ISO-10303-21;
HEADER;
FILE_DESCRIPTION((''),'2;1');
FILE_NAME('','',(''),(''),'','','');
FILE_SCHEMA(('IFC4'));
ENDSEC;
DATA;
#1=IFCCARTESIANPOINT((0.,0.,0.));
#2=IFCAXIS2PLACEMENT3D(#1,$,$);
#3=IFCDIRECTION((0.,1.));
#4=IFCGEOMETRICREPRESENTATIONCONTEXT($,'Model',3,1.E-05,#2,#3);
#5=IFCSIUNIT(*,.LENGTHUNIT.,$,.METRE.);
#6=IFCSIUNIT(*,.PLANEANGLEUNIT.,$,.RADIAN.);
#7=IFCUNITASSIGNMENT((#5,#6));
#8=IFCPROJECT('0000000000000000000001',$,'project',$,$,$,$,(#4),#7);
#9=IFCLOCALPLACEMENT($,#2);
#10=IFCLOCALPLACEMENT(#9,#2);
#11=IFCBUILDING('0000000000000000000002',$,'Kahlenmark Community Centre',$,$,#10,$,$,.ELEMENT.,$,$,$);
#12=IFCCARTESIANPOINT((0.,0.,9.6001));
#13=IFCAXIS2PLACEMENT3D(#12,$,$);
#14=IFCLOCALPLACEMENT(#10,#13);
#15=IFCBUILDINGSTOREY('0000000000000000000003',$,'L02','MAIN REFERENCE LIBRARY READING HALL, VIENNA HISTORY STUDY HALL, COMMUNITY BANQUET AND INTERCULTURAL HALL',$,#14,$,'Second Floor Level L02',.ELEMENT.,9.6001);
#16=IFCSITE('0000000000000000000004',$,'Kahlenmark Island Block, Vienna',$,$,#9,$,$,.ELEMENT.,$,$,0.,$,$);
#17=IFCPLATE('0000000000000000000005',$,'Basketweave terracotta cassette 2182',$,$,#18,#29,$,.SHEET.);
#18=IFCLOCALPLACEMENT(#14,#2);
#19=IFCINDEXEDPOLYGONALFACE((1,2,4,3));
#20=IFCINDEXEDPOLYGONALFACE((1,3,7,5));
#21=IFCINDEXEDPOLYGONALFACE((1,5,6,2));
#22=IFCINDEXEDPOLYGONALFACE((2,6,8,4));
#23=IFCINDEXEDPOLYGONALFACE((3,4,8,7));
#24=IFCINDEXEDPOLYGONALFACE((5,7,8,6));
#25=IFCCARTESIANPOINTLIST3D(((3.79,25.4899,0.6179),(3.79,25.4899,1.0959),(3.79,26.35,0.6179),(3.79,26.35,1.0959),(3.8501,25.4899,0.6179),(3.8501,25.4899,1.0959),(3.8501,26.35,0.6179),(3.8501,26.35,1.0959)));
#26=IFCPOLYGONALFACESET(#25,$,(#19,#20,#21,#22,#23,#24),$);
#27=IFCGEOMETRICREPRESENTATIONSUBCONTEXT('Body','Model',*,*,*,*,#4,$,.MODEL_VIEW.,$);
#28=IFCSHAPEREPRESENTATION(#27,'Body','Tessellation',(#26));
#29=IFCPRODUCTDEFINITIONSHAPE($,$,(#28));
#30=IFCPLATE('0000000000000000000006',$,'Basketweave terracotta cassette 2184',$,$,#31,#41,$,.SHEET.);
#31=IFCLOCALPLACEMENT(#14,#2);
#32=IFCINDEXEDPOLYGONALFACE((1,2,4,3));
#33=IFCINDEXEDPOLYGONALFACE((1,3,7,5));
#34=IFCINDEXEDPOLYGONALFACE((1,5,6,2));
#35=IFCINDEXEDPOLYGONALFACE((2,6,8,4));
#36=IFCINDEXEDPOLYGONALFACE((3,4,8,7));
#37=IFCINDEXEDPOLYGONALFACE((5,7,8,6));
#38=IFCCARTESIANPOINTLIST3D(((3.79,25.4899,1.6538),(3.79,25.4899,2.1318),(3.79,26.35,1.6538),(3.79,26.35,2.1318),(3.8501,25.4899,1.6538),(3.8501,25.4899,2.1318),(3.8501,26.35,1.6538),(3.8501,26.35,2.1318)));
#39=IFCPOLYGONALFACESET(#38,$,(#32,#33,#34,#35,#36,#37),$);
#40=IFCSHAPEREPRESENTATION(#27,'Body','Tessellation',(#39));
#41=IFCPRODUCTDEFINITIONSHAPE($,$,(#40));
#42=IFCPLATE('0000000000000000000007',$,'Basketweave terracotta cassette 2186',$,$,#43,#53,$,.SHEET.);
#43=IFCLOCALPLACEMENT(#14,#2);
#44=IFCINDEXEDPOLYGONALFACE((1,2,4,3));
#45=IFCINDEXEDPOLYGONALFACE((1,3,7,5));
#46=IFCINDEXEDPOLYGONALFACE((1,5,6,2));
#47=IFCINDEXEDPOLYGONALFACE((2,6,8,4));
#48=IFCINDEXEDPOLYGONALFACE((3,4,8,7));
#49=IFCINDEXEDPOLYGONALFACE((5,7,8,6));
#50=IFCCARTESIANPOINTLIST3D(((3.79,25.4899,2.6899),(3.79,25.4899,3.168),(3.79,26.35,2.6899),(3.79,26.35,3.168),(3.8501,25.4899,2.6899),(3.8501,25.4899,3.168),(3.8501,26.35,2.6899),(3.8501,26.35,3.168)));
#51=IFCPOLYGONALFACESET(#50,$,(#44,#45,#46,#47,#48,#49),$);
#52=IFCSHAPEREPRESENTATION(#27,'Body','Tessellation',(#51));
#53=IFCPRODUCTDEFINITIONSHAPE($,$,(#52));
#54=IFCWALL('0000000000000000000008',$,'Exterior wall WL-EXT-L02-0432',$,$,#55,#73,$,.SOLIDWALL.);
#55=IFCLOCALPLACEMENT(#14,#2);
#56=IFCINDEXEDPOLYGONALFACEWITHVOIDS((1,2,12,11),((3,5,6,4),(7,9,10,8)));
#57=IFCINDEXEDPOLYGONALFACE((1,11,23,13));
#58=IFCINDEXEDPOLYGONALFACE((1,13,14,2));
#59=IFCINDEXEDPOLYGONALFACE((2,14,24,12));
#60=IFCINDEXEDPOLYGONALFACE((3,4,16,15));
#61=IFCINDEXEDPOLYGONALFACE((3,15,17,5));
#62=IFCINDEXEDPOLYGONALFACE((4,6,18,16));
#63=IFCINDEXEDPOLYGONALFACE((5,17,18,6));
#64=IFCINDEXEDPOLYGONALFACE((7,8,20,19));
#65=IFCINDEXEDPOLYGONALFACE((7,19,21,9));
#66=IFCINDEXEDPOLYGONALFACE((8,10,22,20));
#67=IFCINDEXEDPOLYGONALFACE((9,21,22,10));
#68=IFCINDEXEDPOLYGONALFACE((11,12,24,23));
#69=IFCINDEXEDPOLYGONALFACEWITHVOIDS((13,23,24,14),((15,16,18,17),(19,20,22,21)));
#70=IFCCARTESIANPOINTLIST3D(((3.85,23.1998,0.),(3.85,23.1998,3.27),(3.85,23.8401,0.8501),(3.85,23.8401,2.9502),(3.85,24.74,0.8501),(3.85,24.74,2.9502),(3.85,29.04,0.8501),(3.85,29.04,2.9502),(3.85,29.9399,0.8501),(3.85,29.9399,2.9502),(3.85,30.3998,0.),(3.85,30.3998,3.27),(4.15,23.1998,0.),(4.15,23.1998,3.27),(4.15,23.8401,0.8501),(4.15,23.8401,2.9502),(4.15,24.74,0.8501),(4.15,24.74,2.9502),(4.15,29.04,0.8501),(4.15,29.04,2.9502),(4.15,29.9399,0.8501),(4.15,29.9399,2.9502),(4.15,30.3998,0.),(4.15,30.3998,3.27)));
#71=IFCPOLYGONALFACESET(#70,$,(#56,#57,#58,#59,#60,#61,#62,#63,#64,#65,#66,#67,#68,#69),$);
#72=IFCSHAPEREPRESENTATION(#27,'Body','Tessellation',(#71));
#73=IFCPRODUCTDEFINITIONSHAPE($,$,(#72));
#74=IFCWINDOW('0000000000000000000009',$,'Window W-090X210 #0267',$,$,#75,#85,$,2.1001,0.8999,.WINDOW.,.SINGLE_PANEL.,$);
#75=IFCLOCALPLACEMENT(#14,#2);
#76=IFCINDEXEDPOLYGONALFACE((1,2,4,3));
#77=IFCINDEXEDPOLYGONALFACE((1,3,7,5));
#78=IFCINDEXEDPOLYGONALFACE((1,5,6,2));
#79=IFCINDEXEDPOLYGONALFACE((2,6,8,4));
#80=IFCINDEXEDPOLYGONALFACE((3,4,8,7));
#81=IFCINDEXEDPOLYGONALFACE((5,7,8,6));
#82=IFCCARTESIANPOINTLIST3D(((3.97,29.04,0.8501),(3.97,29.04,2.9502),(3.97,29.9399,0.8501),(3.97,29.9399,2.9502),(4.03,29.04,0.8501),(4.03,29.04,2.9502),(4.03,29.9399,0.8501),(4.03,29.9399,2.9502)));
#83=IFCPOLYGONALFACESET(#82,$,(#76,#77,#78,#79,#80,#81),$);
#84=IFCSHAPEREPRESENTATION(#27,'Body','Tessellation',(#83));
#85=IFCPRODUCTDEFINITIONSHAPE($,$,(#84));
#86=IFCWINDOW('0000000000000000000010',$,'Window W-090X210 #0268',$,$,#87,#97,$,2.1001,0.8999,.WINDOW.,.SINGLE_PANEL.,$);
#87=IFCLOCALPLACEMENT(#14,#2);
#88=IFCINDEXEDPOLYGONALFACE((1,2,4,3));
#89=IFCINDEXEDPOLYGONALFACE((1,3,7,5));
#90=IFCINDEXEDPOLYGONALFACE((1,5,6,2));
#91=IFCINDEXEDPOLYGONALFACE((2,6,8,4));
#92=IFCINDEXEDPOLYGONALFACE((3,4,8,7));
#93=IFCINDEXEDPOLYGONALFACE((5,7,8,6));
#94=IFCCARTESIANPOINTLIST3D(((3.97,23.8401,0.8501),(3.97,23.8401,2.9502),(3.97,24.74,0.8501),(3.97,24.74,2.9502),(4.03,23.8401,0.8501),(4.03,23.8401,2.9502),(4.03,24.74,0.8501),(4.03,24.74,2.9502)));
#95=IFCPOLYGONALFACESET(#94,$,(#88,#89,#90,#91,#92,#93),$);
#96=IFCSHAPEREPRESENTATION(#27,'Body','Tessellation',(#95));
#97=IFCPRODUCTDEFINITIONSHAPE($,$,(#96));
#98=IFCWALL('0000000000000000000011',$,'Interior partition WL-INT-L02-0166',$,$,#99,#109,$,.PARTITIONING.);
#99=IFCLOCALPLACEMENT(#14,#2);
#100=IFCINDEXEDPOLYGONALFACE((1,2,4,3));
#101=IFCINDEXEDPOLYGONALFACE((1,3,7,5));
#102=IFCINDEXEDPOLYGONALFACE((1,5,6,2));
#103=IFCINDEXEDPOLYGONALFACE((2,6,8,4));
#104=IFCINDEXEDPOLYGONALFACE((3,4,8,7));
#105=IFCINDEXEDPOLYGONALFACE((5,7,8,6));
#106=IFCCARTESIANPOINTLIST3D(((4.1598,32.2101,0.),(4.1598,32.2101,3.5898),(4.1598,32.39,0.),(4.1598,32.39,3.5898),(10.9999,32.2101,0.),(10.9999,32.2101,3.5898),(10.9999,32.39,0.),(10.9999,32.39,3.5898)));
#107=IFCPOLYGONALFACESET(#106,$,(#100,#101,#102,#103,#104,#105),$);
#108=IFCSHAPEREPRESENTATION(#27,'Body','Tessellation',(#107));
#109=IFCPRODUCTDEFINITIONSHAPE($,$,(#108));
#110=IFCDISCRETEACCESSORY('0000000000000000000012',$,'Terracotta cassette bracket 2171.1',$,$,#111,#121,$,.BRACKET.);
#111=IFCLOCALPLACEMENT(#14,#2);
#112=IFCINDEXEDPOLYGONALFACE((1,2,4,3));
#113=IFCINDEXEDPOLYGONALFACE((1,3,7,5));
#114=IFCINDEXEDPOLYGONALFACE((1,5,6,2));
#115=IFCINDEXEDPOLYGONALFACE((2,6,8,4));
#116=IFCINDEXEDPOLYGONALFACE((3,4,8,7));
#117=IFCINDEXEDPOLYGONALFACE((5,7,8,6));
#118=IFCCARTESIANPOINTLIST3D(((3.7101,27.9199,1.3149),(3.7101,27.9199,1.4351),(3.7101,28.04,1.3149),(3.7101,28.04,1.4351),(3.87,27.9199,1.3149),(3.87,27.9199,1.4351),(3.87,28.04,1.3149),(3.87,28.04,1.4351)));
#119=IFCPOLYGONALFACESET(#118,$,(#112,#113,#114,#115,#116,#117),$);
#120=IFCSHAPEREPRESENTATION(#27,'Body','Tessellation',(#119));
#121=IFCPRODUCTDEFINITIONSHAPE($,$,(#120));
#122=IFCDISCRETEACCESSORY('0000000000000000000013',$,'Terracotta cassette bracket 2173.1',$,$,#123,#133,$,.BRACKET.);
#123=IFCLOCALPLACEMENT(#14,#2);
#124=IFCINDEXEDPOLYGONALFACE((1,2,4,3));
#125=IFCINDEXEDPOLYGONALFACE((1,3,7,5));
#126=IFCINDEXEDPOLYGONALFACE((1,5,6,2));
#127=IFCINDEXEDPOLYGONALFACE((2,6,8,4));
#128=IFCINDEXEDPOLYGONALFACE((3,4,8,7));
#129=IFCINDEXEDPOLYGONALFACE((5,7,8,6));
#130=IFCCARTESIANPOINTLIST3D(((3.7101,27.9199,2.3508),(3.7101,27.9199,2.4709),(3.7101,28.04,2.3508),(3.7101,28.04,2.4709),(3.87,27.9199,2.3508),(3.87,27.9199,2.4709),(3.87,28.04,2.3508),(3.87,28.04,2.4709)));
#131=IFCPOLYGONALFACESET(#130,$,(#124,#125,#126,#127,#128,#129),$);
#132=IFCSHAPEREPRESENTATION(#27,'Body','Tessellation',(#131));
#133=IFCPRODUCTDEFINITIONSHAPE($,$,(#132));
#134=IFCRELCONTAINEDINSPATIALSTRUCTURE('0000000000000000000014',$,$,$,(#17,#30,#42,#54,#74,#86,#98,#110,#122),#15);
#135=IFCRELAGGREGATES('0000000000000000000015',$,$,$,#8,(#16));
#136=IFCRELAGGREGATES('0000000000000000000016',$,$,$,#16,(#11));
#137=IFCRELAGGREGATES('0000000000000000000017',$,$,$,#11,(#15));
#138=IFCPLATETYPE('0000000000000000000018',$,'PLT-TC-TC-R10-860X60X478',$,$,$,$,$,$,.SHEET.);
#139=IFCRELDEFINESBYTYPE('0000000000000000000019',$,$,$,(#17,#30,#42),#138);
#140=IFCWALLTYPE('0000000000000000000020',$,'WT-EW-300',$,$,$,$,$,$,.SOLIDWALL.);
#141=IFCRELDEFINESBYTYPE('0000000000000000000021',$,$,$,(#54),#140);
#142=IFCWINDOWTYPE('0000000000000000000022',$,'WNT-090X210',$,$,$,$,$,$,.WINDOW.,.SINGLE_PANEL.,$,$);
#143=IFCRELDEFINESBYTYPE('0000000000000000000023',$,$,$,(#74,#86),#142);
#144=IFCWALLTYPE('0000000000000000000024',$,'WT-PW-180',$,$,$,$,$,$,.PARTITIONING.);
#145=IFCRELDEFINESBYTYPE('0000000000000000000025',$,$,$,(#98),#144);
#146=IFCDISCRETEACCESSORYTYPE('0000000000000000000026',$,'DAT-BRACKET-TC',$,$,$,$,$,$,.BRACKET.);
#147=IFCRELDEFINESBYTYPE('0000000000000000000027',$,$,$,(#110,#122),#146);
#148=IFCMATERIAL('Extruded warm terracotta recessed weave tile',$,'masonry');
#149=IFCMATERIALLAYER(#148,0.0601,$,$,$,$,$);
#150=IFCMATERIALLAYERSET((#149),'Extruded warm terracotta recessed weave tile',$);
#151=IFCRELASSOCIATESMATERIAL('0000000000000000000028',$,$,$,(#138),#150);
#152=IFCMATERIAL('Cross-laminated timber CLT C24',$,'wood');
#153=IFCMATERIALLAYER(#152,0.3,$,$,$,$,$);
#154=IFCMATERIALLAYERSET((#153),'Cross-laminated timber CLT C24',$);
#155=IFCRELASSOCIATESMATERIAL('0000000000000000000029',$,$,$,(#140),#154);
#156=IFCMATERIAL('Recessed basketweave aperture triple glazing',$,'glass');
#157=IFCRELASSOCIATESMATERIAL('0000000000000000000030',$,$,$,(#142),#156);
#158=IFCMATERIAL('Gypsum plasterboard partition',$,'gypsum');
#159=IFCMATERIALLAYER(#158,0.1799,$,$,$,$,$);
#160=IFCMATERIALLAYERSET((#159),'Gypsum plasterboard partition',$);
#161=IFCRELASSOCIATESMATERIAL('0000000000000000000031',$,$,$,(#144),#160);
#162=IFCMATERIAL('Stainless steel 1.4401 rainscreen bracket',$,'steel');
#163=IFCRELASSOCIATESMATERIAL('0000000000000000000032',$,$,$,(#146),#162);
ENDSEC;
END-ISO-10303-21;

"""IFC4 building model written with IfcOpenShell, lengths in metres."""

from ifc_helpers import new_model, si_unit, direction, frame, frame_2d, origin, origin_2d, place, context, subcontext, project, spatial, rectangle, extrude, material, layer, layer_set, type_object, element, fill, save


model = new_model("IFC4")

# Units and contexts
model_context = context("Model", 3, precision=1e-05, world=origin(), true_north=direction((0.0, 1.0)))
body_context = subcontext(model_context, "Body", "Model", "MODEL_VIEW")
ifc_project = project(units=[si_unit("LENGTHUNIT", "METRE"), si_unit("PLANEANGLEUNIT", "RADIAN")], contexts=[model_context])

# Site, building, storey
site_placement = place(None, origin())
site = spatial("IfcSite", under=ifc_project, at=site_placement, Name="Kahlenmark Island Block, Vienna", CompositionType="ELEMENT", RefElevation=0.0)
building_placement = place(site_placement, origin())
building = spatial("IfcBuilding", under=site, at=building_placement, Name="Kahlenmark Community Centre", CompositionType="ELEMENT")
storey_placement = place(building_placement, frame((0.0, 0.0, 9.6001)))
storey = spatial("IfcBuildingStorey", under=building, at=storey_placement, Name="L02", Description="MAIN REFERENCE LIBRARY READING HALL, VIENNA HISTORY STUDY HALL, COMMUNITY BANQUET AND INTERCULTURAL HALL", LongName="Second Floor Level L02", CompositionType="ELEMENT", Elevation=9.6001)

# Plates
ifc_material_1 = material(Name="Extruded warm terracotta recessed weave tile", Category="masonry")
ifc_layer_1 = layer(ifc_material_1, 0.0601)
ifc_layer_set_1 = layer_set([ifc_layer_1], Name="Extruded warm terracotta recessed weave tile")
plate_type_1 = type_object("IfcPlateType", Name="PLT-TC-TC-R10-860X60X478", PredefinedType="SHEET", material=ifc_layer_set_1)
for number, where, z_axis, x_axis, name in (
    (1, (3.8201, 25.9199, 0.6179), (0.0, 0.0, 1.0), (0.0, -1.0, 0.0), "Basketweave terracotta cassette 2182"),
    (2, (3.8201, 25.9199, 1.6538), (0.0, 0.0, 1.0), (0.0, -1.0, 0.0), "Basketweave terracotta cassette 2184"),
    (3, (3.8201, 25.9199, 2.6899), (0.0, 0.0, 1.0), (0.0, -1.0, 0.0), "Basketweave terracotta cassette 2186"),
):
    element("IfcPlate", number, at=place(storey_placement, frame(where, z_axis=z_axis, x_axis=x_axis)), inside=storey, type_object=plate_type_1, Name=name, PredefinedType="SHEET", context=body_context, shape_type="SweptSolid", body=[
        extrude(rectangle(XDim=0.8601, YDim=0.0601, at=origin_2d()), origin(), (0.0, 0.0, 1.0), 0.478),
    ])

# Wall, openings, windows
ifc_material_2 = material(Name="Cross-laminated timber CLT C24", Category="wood")
ifc_layer_2 = layer(ifc_material_2, 0.3)
ifc_layer_set_2 = layer_set([ifc_layer_2], Name="Cross-laminated timber CLT C24")
wall_type_1 = type_object("IfcWallType", Name="WT-EW-300", PredefinedType="SOLIDWALL", material=ifc_layer_set_2)
wall_1_placement = place(storey_placement, frame((4.0, 30.3999, 0.0), z_axis=(0.0, 0.0, 1.0), x_axis=(0.0, -1.0, 0.0)))
wall_1 = element("IfcWall", 4, at=wall_1_placement, inside=storey, type_object=wall_type_1, Name="Exterior wall WL-EXT-L02-0432", PredefinedType="SOLIDWALL", context=body_context, shape_type="SweptSolid", body=[
    extrude(rectangle(XDim=7.2, YDim=0.3, at=frame_2d((3.6001, 0.0))), origin(), (0.0, 0.0, 1.0), 3.27),
])
opening_1_placement = place(wall_1_placement, frame((0.46, 0.0, 0.8501)))
opening_1 = element("IfcOpeningElement", 5, at=opening_1_placement, cuts=wall_1, PredefinedType="OPENING", context=body_context, shape_type="SweptSolid", body=[
    extrude(rectangle(XDim=0.8999, YDim=2.1001, at=frame_2d((0.45, 1.05))), frame((0.0, 0.1599, 0.0), z_axis=(0.0, -1.0, 0.0), x_axis=(1.0, 0.0, 0.0)), (0.0, 0.0, 1.0), 0.3201),
])
opening_2_placement = place(wall_1_placement, frame((5.6599, 0.0, 0.8501)))
opening_2 = element("IfcOpeningElement", 6, at=opening_2_placement, cuts=wall_1, PredefinedType="OPENING", context=body_context, shape_type="SweptSolid", body=[
    extrude(rectangle(XDim=0.8999, YDim=2.1001, at=frame_2d((0.45, 1.05))), frame((0.0, 0.1599, 0.0), z_axis=(0.0, -1.0, 0.0), x_axis=(1.0, 0.0, 0.0)), (0.0, 0.0, 1.0), 0.3201),
])
ifc_material_3 = material(Name="Recessed basketweave aperture triple glazing", Category="glass")
window_type = type_object("IfcWindowType", Name="WNT-090X210", PartitioningType="SINGLE_PANEL", PredefinedType="WINDOW", material=ifc_material_3)
window_1_placement = place(opening_1_placement, origin())
window_1 = element("IfcWindow", 7, at=window_1_placement, inside=storey, type_object=window_type, Name="Window W-090X210 #0267", OverallHeight=2.1001, OverallWidth=0.8999, PartitioningType="SINGLE_PANEL", PredefinedType="WINDOW", context=body_context, shape_type="SweptSolid", body=[
    extrude(rectangle(XDim=0.8999, YDim=2.1001, at=frame_2d((0.45, 1.05))), frame((0.0, 0.03, 0.0), z_axis=(0.0, -1.0, 0.0), x_axis=(1.0, 0.0, 0.0)), (0.0, 0.0, 1.0), 0.0601),
])
fill(opening_1, window_1)
window_2_placement = place(opening_2_placement, origin())
window_2 = element("IfcWindow", 8, at=window_2_placement, inside=storey, type_object=window_type, Name="Window W-090X210 #0268", OverallHeight=2.1001, OverallWidth=0.8999, PartitioningType="SINGLE_PANEL", PredefinedType="WINDOW", context=body_context, shape_type="SweptSolid", body=[
    extrude(rectangle(XDim=0.8999, YDim=2.1001, at=frame_2d((0.45, 1.05))), frame((0.0, 0.03, 0.0), z_axis=(0.0, -1.0, 0.0), x_axis=(1.0, 0.0, 0.0)), (0.0, 0.0, 1.0), 0.0601),
])
fill(opening_2, window_2)

# Wall
ifc_material_4 = material(Name="Gypsum plasterboard partition", Category="gypsum")
ifc_layer_3 = layer(ifc_material_4, 0.1799)
ifc_layer_set_3 = layer_set([ifc_layer_3], Name="Gypsum plasterboard partition")
wall_type_2 = type_object("IfcWallType", Name="WT-PW-180", PredefinedType="PARTITIONING", material=ifc_layer_set_3)
wall_2_placement = place(storey_placement, frame((4.1599, 32.3, 0.0), z_axis=(0.0, 0.0, 1.0), x_axis=(1.0, 0.0, 0.0)))
element("IfcWall", 9, at=wall_2_placement, inside=storey, type_object=wall_type_2, Name="Interior partition WL-INT-L02-0166", PredefinedType="PARTITIONING", context=body_context, shape_type="SweptSolid", body=[
    extrude(rectangle(XDim=6.8401, YDim=0.1799, at=frame_2d((3.4199, 0.0))), origin(), (0.0, 0.0, 1.0), 3.5898),
])

# Discrete accessories
ifc_material_5 = material(Name="Stainless steel 1.4401 rainscreen bracket", Category="steel")
discrete_accessory_type = type_object("IfcDiscreteAccessoryType", Name="DAT-BRACKET-TC", PredefinedType="BRACKET", material=ifc_material_5)
for number, where, z_axis, x_axis, name in (
    (10, (3.79, 27.98, 1.3149), (0.0, 0.0, 1.0), (0.0, -1.0, 0.0), "Terracotta cassette bracket 2171.1"),
    (11, (3.79, 27.98, 2.3508), (0.0, 0.0, 1.0), (0.0, -1.0, 0.0), "Terracotta cassette bracket 2173.1"),
):
    element("IfcDiscreteAccessory", number, at=place(storey_placement, frame(where, z_axis=z_axis, x_axis=x_axis)), inside=storey, type_object=discrete_accessory_type, Name=name, PredefinedType="BRACKET", context=body_context, shape_type="SweptSolid", body=[
        extrude(rectangle(XDim=0.1201, YDim=0.1599, at=origin_2d()), origin(), (0.0, 0.0, 1.0), 0.1201),
    ])

save(model, "model.ifc")
